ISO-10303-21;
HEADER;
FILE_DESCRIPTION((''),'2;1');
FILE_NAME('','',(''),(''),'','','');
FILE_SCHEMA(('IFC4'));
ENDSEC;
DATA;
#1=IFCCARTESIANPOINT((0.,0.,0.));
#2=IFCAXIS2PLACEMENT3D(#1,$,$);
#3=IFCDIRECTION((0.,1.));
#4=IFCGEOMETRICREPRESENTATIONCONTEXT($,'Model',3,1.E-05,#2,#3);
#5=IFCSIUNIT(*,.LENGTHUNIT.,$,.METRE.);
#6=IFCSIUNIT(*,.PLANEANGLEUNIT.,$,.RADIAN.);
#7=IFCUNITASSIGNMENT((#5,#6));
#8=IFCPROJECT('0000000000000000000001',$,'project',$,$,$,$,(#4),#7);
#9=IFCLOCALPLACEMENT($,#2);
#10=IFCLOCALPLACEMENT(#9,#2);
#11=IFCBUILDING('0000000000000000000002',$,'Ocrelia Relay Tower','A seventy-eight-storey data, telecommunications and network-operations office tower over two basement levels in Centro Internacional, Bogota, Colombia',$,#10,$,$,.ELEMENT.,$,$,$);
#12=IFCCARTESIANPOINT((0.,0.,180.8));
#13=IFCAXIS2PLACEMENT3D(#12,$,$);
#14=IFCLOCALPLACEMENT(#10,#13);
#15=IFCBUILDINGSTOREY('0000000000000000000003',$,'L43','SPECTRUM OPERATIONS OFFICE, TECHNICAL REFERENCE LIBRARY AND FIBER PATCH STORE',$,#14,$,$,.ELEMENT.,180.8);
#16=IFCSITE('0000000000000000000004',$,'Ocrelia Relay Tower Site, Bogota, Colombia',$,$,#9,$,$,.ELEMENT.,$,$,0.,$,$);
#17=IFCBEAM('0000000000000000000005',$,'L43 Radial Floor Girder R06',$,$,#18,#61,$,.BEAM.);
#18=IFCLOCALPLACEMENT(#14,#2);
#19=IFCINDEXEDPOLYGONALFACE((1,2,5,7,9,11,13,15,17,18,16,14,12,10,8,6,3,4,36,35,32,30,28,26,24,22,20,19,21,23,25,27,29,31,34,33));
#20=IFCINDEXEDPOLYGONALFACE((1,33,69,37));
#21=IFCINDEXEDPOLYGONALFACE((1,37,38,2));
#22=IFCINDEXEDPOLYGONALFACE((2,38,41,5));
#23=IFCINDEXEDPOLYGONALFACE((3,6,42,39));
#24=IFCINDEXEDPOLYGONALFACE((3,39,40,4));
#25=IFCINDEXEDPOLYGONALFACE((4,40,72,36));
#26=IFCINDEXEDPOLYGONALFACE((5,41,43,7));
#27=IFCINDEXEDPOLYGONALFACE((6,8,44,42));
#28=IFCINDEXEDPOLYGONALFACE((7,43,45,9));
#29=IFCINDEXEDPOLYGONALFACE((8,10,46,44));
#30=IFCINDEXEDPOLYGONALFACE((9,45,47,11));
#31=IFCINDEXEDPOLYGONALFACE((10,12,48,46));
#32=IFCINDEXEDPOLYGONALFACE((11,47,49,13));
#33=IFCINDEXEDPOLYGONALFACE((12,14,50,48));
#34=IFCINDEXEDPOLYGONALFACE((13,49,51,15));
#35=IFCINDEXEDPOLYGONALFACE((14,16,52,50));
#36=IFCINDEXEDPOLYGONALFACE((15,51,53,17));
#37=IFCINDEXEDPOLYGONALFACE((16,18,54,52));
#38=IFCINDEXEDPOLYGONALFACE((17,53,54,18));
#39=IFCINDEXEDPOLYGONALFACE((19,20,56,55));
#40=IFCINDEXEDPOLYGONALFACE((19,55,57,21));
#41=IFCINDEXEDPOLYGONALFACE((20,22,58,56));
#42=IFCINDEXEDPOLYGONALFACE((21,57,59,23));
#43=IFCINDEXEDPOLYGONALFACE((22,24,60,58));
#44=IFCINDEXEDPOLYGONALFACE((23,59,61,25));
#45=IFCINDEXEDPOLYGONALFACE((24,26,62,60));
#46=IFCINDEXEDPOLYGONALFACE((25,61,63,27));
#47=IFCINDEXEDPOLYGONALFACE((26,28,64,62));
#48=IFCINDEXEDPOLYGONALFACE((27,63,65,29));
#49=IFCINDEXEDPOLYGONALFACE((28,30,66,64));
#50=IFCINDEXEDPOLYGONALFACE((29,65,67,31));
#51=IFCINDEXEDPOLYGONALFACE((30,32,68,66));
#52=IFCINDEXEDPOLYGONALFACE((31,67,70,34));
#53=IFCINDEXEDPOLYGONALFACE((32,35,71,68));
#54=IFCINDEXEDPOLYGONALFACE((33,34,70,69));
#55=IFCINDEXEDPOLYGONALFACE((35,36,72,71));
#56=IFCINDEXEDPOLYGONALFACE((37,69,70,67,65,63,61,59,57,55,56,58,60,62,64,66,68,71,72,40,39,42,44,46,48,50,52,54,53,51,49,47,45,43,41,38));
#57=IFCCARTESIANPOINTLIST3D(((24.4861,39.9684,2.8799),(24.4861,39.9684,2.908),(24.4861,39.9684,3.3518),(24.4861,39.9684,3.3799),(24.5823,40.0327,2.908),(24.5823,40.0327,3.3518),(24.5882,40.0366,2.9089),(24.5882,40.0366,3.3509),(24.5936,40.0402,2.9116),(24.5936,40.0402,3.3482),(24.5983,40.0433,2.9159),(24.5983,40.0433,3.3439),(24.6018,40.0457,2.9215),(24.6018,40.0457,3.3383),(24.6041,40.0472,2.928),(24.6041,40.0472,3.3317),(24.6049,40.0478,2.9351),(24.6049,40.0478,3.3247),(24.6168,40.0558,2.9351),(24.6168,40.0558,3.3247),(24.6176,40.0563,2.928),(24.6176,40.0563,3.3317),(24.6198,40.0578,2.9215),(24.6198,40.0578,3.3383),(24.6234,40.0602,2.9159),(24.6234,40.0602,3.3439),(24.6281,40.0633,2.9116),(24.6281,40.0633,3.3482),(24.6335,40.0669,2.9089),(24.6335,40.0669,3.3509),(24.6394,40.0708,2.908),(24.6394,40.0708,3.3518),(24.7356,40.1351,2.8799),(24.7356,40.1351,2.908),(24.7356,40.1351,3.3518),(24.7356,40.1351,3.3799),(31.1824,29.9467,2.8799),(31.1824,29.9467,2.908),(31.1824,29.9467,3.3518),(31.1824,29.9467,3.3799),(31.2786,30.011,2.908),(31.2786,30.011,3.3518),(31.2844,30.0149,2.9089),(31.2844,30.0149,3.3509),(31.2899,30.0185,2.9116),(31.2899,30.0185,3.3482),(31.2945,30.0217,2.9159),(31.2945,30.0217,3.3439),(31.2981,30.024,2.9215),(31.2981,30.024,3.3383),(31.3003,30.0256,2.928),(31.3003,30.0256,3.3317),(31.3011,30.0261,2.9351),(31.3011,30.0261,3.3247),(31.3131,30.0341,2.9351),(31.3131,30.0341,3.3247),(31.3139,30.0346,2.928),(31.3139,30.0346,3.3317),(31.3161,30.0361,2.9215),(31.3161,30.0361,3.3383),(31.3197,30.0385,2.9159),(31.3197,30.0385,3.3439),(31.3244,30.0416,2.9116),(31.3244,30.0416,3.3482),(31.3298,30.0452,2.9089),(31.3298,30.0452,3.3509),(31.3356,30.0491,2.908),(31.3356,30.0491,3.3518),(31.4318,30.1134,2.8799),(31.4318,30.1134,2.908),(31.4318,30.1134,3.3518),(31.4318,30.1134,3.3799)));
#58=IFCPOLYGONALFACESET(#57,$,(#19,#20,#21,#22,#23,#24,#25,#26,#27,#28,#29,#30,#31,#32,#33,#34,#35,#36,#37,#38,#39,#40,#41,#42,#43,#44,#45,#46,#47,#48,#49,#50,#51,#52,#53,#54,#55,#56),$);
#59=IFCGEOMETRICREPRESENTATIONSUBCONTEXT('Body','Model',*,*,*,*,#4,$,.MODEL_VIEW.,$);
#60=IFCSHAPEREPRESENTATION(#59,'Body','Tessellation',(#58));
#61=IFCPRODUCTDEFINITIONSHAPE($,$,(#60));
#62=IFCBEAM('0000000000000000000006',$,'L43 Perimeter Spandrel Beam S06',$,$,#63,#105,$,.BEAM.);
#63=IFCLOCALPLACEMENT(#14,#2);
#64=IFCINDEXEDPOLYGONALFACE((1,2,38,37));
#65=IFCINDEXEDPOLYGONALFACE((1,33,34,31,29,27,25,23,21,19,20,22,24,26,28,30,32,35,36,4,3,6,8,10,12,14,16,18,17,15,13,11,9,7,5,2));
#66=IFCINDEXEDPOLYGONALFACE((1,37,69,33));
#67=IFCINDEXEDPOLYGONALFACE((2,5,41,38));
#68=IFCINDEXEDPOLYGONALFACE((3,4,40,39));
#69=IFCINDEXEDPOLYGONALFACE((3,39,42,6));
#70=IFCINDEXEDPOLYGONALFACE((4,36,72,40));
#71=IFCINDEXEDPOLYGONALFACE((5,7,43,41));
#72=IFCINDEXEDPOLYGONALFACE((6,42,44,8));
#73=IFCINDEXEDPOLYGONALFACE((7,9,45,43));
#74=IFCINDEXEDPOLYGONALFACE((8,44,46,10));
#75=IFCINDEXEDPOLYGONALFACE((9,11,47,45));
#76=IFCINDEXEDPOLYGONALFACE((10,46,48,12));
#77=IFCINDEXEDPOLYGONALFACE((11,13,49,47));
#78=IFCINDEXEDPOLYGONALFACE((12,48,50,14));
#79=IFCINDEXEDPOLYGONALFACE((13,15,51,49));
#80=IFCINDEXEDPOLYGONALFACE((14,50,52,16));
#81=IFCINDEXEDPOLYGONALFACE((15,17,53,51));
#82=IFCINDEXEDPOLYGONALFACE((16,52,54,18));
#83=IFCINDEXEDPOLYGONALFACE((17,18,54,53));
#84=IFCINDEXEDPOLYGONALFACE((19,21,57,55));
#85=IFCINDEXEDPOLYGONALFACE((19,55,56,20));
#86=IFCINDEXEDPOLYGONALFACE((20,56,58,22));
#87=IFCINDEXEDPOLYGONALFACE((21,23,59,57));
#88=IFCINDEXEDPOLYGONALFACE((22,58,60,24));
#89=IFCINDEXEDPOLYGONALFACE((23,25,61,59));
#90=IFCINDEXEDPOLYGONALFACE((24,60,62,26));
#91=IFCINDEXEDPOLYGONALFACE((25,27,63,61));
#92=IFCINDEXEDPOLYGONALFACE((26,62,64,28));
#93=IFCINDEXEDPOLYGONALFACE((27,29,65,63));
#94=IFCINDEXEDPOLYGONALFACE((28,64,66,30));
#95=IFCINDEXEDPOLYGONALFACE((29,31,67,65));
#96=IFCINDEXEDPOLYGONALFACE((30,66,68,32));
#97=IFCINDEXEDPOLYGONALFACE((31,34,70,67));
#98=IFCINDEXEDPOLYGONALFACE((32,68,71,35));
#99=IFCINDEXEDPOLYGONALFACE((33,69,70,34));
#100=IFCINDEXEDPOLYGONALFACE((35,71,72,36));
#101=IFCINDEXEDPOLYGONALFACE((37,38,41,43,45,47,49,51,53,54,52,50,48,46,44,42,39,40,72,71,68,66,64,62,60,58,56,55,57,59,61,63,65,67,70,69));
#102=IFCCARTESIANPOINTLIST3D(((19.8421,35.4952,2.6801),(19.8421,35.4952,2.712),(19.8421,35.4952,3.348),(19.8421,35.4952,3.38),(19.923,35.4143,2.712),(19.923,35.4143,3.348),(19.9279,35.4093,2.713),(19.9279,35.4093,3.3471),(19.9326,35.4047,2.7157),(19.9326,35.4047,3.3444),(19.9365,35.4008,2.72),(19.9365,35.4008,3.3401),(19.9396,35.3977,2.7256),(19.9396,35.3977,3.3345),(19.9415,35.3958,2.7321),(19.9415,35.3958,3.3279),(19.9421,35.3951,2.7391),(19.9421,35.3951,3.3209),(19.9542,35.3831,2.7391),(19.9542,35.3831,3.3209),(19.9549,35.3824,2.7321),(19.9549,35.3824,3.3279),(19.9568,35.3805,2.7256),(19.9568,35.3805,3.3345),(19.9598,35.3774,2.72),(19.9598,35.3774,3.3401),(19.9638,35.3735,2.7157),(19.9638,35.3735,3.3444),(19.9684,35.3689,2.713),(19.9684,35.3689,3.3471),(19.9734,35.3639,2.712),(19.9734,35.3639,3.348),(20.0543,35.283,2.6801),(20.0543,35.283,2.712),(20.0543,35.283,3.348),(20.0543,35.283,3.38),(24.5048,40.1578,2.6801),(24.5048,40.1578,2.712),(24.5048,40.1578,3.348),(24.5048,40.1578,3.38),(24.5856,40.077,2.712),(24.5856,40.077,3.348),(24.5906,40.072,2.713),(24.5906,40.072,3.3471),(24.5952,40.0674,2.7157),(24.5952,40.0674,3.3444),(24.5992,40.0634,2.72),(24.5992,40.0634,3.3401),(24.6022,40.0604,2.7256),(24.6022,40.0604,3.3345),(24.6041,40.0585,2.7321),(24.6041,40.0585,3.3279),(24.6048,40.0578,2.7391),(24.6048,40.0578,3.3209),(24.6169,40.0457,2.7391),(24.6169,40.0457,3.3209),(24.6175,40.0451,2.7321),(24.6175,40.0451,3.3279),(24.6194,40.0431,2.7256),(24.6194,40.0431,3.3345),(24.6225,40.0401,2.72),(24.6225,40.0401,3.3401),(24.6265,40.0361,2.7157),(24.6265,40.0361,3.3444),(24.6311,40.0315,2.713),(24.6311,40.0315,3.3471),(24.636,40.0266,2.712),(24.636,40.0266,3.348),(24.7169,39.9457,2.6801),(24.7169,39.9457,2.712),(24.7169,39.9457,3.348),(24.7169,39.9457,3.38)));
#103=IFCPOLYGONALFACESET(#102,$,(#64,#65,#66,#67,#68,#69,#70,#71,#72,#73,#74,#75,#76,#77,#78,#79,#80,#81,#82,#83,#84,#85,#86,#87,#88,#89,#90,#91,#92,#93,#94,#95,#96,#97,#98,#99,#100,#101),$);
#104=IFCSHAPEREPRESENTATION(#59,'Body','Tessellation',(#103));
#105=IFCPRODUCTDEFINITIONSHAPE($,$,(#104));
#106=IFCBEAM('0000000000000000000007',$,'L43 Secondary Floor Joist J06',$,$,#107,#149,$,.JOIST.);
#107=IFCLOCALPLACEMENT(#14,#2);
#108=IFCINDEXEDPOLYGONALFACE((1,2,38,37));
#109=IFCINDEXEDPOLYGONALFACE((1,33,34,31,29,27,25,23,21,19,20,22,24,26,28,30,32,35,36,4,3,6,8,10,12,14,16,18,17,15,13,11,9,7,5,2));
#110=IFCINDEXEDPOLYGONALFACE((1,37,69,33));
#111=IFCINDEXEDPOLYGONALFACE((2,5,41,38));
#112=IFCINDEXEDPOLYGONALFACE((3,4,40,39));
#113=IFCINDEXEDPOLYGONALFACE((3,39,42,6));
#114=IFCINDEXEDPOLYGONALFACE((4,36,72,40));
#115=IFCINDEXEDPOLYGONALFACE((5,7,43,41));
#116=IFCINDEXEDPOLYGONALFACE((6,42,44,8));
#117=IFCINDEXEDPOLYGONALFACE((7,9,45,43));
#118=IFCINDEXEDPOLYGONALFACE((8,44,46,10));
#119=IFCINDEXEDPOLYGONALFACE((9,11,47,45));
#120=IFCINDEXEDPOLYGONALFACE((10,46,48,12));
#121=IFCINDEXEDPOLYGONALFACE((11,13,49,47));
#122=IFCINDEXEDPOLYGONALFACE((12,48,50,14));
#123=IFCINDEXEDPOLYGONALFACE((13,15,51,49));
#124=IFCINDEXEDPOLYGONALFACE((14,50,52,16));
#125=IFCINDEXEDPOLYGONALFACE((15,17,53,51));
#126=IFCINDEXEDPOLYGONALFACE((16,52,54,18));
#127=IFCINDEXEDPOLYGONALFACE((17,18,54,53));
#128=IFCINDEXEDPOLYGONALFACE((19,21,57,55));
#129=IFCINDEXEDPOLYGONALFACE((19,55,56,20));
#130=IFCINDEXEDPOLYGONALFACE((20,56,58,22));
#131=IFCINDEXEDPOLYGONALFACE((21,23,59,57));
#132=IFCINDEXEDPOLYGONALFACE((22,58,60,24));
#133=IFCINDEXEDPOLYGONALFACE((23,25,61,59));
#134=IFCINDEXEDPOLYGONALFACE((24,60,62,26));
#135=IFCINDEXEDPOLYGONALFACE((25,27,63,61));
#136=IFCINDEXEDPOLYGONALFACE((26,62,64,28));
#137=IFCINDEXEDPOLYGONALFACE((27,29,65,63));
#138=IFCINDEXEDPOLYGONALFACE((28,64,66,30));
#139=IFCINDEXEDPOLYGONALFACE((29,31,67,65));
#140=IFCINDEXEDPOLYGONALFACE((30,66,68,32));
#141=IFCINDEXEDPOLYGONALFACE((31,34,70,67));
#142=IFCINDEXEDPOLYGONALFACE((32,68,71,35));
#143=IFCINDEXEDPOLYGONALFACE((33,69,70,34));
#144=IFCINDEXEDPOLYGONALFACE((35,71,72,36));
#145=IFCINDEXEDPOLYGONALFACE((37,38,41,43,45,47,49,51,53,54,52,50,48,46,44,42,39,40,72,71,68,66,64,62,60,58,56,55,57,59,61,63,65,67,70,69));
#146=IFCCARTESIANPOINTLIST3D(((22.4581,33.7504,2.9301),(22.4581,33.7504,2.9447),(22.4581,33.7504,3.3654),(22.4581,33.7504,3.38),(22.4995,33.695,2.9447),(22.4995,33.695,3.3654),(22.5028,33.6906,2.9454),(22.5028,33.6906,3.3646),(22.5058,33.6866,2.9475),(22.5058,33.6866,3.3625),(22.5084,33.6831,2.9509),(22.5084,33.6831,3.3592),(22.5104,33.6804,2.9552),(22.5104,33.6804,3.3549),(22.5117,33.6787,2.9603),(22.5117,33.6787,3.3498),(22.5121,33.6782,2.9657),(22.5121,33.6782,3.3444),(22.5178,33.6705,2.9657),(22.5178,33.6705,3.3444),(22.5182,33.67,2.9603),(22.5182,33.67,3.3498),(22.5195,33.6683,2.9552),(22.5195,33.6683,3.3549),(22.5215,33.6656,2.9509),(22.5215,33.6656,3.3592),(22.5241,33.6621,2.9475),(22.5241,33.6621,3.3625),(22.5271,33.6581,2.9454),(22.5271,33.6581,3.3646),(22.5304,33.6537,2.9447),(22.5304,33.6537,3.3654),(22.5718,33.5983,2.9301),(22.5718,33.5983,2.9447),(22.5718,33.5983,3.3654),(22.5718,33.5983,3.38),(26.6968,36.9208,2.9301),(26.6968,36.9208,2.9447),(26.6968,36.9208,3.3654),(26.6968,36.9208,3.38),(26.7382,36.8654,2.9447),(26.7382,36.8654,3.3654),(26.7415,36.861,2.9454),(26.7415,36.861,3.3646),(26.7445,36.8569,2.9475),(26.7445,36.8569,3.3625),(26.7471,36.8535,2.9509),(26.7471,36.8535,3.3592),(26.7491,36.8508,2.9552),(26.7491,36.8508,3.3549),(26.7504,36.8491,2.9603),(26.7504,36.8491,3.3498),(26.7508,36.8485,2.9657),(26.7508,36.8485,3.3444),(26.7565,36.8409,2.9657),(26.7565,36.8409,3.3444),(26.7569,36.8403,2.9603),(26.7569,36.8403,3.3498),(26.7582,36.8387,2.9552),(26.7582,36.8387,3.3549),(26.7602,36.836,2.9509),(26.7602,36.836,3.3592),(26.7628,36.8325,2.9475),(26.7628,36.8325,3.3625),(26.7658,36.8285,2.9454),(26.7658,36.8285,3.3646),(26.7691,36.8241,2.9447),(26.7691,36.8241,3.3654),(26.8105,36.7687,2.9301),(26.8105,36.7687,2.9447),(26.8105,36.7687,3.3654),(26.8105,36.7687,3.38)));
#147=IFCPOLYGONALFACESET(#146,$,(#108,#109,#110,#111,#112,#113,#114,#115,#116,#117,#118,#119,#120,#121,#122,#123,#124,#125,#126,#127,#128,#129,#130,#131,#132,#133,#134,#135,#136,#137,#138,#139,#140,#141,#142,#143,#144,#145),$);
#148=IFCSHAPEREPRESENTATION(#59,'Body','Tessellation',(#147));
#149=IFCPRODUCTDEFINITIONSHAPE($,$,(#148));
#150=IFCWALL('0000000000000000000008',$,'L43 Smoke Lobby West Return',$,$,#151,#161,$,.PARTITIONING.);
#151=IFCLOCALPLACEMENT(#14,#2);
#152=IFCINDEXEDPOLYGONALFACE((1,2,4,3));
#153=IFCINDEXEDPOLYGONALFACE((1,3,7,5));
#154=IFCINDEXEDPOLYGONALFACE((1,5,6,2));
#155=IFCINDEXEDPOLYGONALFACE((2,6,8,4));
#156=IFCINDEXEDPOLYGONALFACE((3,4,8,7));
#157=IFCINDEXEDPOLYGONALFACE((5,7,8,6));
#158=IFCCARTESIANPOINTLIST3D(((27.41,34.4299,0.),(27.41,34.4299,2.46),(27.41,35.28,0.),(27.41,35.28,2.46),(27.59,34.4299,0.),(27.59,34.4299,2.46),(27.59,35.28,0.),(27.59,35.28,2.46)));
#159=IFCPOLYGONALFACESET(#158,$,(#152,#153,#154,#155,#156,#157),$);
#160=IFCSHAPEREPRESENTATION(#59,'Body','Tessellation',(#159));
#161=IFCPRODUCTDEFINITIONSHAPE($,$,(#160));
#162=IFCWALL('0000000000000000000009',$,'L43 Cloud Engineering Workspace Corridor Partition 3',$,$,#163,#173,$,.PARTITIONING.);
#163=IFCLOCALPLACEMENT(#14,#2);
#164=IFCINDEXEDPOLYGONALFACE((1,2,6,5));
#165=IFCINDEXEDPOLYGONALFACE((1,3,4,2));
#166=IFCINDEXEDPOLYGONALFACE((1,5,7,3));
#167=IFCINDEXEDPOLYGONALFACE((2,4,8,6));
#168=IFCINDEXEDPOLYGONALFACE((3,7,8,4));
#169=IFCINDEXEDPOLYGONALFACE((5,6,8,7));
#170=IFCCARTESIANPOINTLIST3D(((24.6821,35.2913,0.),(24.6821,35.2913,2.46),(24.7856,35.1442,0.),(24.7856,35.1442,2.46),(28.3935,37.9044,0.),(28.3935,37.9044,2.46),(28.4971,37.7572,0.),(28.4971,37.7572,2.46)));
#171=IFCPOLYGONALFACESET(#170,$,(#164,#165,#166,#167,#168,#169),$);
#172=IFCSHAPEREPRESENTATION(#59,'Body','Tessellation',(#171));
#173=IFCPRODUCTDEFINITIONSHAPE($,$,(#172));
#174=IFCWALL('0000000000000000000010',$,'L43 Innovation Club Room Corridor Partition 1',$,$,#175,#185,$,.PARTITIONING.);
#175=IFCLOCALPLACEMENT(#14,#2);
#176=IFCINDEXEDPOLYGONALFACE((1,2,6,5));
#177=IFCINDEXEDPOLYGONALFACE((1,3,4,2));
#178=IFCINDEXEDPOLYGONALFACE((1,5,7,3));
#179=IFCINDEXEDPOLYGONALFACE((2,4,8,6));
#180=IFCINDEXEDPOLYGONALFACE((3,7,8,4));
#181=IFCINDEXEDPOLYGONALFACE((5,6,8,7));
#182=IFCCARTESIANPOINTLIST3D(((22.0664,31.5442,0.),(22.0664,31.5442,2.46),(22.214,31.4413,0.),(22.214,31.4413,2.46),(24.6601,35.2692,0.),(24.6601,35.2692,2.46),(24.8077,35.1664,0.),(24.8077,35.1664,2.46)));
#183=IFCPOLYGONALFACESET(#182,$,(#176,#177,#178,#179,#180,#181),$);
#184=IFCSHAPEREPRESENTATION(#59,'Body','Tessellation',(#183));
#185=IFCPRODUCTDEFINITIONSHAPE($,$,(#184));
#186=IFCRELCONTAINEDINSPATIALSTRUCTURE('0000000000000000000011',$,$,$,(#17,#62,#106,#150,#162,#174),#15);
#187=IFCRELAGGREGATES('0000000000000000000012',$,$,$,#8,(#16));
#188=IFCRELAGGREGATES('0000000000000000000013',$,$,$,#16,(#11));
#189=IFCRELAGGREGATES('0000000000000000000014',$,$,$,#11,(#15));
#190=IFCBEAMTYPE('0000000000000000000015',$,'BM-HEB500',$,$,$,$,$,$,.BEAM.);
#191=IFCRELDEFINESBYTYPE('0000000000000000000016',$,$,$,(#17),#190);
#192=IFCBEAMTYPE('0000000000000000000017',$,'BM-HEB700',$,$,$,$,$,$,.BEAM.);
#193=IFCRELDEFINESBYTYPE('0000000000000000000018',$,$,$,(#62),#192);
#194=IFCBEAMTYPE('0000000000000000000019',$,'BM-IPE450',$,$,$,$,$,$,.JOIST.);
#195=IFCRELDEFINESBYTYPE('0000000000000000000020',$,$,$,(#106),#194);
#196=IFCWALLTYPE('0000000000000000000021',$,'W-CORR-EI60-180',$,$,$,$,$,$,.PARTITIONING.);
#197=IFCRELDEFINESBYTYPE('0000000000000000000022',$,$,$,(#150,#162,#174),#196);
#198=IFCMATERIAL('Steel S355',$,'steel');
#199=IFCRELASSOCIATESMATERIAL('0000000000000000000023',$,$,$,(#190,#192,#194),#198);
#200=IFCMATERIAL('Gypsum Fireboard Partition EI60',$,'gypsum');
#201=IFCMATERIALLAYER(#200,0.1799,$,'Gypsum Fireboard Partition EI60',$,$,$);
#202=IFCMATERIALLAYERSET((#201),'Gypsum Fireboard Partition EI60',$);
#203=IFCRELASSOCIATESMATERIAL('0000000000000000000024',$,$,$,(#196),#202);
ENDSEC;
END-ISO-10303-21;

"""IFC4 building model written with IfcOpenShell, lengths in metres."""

from ifc_helpers import new_model, si_unit, direction, frame, frame_2d, origin, origin_2d, place, context, subcontext, project, spatial, rectangle, i_section, extrude, material, layer, layer_set, material_profile, profile_set, type_object, element, save


model = new_model("IFC4")

# Units and contexts
model_context = context("Model", 3, precision=1e-05, world=origin(), true_north=direction((0.0, 1.0)))
body_context = subcontext(model_context, "Body", "Model", "MODEL_VIEW")
ifc_project = project(units=[si_unit("LENGTHUNIT", "METRE"), si_unit("PLANEANGLEUNIT", "RADIAN")], contexts=[model_context])

# Site, building, storey
site_placement = place(None, origin())
site = spatial("IfcSite", under=ifc_project, at=site_placement, Name="Ocrelia Relay Tower Site, Bogota, Colombia", CompositionType="ELEMENT", RefElevation=0.0)
building_placement = place(site_placement, origin())
building = spatial("IfcBuilding", under=site, at=building_placement, Name="Ocrelia Relay Tower", Description="A seventy-eight-storey data, telecommunications and network-operations office tower over two basement levels in Centro Internacional, Bogota, Colombia", CompositionType="ELEMENT")
storey_placement = place(building_placement, frame((0.0, 0.0, 180.8)))
storey = spatial("IfcBuildingStorey", under=building, at=storey_placement, Name="L43", Description="SPECTRUM OPERATIONS OFFICE, TECHNICAL REFERENCE LIBRARY AND FIBER PATCH STORE", CompositionType="ELEMENT", Elevation=180.8)

# Beams
ifc_material_1 = material(Name="Steel S355", Category="steel")
ifc_material_profile_1 = material_profile(ifc_material_1, i_section(OverallWidth=0.3, OverallDepth=0.5, WebThickness=0.0144, FlangeThickness=0.0281, FilletRadius=0.0271, at=origin_2d()), Name="HEB 500")
ifc_profile_set_1 = profile_set([ifc_material_profile_1], Name="Steel S355")
beam_type_1 = type_object("IfcBeamType", Name="BM-HEB500", PredefinedType="BEAM", material=ifc_profile_set_1)
beam_1_placement = place(storey_placement, frame((24.6108, 40.0518, 3.1299), z_axis=(0.555569, -0.83147, 0.0), x_axis=(0.83147, 0.555569, 0.0)))
element("IfcBeam", 1, at=beam_1_placement, inside=storey, type_object=beam_type_1, Name="L43 Radial Floor Girder R06", PredefinedType="BEAM", context=body_context, shape_type="SweptSolid", body=[
    extrude(i_section(OverallWidth=0.3, OverallDepth=0.5, WebThickness=0.0144, FlangeThickness=0.0281, FilletRadius=0.0271, at=origin_2d()), origin(), (0.0, 0.0, 1.0), 12.053),
])
ifc_material_profile_2 = material_profile(ifc_material_1, i_section(OverallWidth=0.3, OverallDepth=0.7, WebThickness=0.0171, FlangeThickness=0.032, FilletRadius=0.0271, at=origin_2d()), Name="HEB 700")
ifc_profile_set_2 = profile_set([ifc_material_profile_2], Name="Steel S355")
beam_type_2 = type_object("IfcBeamType", Name="BM-HEB700", PredefinedType="BEAM", material=ifc_profile_set_2)
beam_2_placement = place(storey_placement, frame((24.6108, 40.0518, 3.03), z_axis=(-0.707107, -0.707107, 0.0), x_axis=(0.707107, -0.707107, 0.0)))
element("IfcBeam", 2, at=beam_2_placement, inside=storey, type_object=beam_type_2, Name="L43 Perimeter Spandrel Beam S06", PredefinedType="BEAM", context=body_context, shape_type="SweptSolid", body=[
    extrude(i_section(OverallWidth=0.3, OverallDepth=0.7, WebThickness=0.0171, FlangeThickness=0.032, FilletRadius=0.0271, at=origin_2d()), origin(), (0.0, 0.0, 1.0), 6.594),
])
ifc_material_profile_3 = material_profile(ifc_material_1, i_section(OverallWidth=0.1899, OverallDepth=0.45, WebThickness=0.0095, FlangeThickness=0.0146, FilletRadius=0.021, at=origin_2d()), Name="IPE 450")
ifc_profile_set_3 = profile_set([ifc_material_profile_3], Name="Steel S355")
beam_type_3 = type_object("IfcBeamType", Name="BM-IPE450", PredefinedType="JOIST", material=ifc_profile_set_3)
beam_3_placement = place(storey_placement, frame((26.7537, 36.8447, 3.155), z_axis=(-0.800785, -0.598952, 0.0), x_axis=(0.598952, -0.800785, 0.0)))
element("IfcBeam", 3, at=beam_3_placement, inside=storey, type_object=beam_type_3, Name="L43 Secondary Floor Joist J06", PredefinedType="JOIST", context=body_context, shape_type="SweptSolid", body=[
    extrude(i_section(OverallWidth=0.1899, OverallDepth=0.45, WebThickness=0.0095, FlangeThickness=0.0146, FilletRadius=0.021, at=origin_2d()), origin(), (0.0, 0.0, 1.0), 5.2932),
])

# Wall
ifc_material_2 = material(Name="Gypsum Fireboard Partition EI60", Category="gypsum")
ifc_layer_1 = layer(ifc_material_2, 0.1799, Name="Gypsum Fireboard Partition EI60")
ifc_layer_set_1 = layer_set([ifc_layer_1], Name="Gypsum Fireboard Partition EI60")
wall_type_1 = type_object("IfcWallType", Name="W-CORR-EI60-180", PredefinedType="PARTITIONING", material=ifc_layer_set_1)
wall_1_placement = place(storey_placement, frame((27.5, 34.4299, 0.0), z_axis=(0.0, 0.0, 1.0), x_axis=(0.0, 1.0, 0.0)))
element("IfcWall", 4, at=wall_1_placement, inside=storey, type_object=wall_type_1, Name="L43 Smoke Lobby West Return", PredefinedType="PARTITIONING", context=body_context, shape_type="SweptSolid", body=[
    extrude(rectangle(XDim=0.8501, YDim=0.1799, at=frame_2d((0.425, 0.0))), origin(), (0.0, 0.0, 1.0), 2.46),
])

# Walls
for number, where, z_axis, x_axis, name in (
    (5, (28.4453, 37.8308, 0.0), (0.0, 0.0, 1.0), (-0.817672, -0.575684, 0.0), "L43 Cloud Engineering Workspace Corridor Partition 3"),
    (6, (24.7339, 35.2178, 0.0), (0.0, 0.0, 1.0), (-0.571417, -0.82066, 0.0), "L43 Innovation Club Room Corridor Partition 1"),
):
    element("IfcWall", number, at=place(storey_placement, frame(where, z_axis=z_axis, x_axis=x_axis)), inside=storey, type_object=wall_type_1, Name=name, PredefinedType="PARTITIONING", context=body_context, shape_type="SweptSolid", body=[
        extrude(rectangle(XDim=4.5391, YDim=0.1799, at=frame_2d((2.2695, 0.0))), origin(), (0.0, 0.0, 1.0), 2.46),
    ])

save(model, "model.ifc")
